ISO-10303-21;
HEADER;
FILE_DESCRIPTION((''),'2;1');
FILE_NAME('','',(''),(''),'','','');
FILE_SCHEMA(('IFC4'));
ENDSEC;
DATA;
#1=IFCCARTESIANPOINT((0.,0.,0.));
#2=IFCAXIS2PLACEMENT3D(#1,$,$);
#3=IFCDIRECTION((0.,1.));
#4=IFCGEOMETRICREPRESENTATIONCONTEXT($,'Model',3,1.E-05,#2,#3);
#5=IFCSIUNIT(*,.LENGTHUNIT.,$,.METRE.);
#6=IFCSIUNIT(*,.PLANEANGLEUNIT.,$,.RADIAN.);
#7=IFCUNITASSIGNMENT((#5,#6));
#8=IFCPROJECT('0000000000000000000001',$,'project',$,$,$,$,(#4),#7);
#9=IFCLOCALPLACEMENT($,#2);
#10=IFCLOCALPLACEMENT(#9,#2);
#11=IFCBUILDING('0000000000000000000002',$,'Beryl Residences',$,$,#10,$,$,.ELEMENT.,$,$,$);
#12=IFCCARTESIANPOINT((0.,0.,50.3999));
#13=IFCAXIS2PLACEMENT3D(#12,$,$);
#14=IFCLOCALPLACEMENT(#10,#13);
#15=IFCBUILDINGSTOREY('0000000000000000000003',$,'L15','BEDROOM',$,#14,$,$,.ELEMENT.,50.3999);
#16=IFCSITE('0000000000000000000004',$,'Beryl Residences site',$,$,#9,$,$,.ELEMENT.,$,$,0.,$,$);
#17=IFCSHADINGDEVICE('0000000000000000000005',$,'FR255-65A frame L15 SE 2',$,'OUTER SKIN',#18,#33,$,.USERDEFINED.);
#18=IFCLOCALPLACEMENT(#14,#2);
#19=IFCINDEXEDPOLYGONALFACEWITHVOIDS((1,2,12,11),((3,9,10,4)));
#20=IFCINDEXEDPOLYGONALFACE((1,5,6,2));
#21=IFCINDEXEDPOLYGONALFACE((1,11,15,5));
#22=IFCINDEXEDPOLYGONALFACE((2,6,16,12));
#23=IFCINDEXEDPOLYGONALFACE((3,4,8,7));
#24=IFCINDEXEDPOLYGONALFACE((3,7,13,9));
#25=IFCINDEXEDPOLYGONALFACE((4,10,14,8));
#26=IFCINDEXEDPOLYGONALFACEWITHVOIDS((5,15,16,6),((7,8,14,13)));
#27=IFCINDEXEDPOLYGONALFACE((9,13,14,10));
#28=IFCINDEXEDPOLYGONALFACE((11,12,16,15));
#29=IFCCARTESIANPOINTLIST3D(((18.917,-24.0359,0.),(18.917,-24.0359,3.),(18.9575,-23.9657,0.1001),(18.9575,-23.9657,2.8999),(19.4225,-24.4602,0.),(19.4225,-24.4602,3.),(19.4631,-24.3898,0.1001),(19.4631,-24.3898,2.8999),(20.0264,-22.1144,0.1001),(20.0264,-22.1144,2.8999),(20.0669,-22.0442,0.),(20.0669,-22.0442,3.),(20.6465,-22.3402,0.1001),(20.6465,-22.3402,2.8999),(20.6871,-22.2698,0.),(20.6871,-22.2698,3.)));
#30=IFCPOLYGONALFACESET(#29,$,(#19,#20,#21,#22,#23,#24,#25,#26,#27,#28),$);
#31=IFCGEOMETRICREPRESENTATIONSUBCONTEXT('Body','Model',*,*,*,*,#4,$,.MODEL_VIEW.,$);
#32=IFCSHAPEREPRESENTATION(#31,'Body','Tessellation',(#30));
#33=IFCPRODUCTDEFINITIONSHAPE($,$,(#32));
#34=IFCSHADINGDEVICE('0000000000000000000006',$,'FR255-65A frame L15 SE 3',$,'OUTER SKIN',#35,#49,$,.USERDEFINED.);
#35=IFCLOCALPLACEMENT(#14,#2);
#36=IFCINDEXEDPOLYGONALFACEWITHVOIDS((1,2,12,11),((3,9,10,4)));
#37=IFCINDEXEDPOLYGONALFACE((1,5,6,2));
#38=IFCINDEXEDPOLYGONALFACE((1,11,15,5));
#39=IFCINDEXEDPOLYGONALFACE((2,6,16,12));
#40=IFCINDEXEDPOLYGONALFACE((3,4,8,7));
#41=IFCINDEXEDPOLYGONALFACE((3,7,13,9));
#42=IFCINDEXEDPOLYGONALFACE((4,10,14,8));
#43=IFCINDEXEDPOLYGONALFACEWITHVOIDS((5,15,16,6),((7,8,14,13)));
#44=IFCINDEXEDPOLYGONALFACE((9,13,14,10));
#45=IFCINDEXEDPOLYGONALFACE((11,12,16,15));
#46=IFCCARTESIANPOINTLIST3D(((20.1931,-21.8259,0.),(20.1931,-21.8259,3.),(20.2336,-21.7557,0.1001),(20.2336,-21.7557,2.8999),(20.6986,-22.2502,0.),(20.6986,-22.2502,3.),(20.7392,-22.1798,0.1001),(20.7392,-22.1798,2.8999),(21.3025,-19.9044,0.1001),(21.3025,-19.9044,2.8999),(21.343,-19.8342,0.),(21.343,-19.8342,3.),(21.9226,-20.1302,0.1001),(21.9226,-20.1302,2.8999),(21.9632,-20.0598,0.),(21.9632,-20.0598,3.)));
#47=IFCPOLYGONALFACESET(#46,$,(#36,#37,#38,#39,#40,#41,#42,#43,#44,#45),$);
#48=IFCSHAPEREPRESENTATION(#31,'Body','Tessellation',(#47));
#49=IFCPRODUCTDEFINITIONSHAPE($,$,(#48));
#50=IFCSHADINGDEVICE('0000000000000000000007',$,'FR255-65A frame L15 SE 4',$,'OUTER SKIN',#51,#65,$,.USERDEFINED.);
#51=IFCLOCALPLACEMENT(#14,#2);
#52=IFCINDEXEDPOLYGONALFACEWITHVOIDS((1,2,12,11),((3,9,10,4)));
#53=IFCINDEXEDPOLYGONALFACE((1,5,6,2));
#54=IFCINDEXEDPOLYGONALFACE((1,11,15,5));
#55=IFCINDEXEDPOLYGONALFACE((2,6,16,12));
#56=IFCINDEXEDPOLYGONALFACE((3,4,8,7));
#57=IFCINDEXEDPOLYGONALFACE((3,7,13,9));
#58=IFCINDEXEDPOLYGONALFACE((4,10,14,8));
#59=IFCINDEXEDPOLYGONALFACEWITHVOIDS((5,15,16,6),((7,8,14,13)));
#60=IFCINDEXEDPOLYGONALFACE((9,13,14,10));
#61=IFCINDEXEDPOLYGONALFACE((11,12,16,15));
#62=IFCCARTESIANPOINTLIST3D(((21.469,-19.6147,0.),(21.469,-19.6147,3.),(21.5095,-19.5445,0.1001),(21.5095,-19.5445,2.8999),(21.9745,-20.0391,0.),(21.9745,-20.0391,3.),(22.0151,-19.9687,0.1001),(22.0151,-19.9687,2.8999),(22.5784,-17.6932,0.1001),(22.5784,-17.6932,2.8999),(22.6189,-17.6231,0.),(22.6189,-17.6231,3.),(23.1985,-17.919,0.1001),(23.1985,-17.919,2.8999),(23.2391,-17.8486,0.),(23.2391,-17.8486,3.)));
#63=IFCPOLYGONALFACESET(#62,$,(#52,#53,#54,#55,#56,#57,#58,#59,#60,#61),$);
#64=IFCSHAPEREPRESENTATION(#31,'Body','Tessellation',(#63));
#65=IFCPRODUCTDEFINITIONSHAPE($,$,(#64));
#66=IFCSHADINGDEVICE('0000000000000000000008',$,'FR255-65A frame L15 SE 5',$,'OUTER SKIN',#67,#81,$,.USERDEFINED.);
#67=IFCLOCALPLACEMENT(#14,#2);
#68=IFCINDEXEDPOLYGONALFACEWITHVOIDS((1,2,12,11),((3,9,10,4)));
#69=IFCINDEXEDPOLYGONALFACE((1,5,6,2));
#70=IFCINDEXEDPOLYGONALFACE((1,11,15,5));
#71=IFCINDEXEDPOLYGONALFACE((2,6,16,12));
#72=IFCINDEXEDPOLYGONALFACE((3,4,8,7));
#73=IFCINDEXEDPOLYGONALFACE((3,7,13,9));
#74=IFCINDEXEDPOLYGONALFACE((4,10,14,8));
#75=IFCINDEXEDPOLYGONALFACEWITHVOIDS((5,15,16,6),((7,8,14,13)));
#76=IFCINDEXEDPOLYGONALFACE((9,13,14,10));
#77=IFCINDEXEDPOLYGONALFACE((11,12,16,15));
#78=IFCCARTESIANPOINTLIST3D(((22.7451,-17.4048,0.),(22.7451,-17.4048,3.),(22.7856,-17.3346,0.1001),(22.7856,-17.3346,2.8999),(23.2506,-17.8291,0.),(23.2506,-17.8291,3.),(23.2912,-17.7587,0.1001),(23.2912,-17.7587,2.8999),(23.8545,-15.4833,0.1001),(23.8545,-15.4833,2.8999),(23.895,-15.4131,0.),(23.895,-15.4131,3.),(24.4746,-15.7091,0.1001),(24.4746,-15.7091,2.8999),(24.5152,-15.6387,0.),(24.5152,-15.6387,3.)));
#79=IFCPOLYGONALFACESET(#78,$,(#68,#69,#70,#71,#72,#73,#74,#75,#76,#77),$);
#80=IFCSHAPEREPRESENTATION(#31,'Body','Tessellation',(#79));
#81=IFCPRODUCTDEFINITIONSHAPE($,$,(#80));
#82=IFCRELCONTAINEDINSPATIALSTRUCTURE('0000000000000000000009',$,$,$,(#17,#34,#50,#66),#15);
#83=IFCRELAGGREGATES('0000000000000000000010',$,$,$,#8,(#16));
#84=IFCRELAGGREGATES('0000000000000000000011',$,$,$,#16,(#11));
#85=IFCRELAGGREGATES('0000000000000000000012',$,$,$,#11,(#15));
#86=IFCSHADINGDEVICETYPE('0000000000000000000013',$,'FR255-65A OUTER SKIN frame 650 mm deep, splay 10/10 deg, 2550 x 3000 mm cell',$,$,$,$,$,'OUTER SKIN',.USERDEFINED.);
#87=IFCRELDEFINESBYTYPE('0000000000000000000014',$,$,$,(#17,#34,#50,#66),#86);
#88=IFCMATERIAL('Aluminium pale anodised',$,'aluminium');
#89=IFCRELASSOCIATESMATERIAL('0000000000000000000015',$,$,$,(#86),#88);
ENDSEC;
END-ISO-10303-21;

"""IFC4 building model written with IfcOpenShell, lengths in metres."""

from ifc_helpers import new_model, entity, si_unit, direction, frame, origin, place, context, subcontext, project, spatial, source, transform, mapped, material, type_object, type_shapes, element, save


model = new_model("IFC4")

# Units and contexts
model_context = context("Model", 3, precision=1e-05, world=origin(), true_north=direction((0.0, 1.0)))
body_context = subcontext(model_context, "Body", "Model", "MODEL_VIEW")
ifc_project = project(units=[si_unit("LENGTHUNIT", "METRE"), si_unit("PLANEANGLEUNIT", "RADIAN")], contexts=[model_context])

# Site, building, storey
site_placement = place(None, origin())
site = spatial("IfcSite", under=ifc_project, at=site_placement, Name="Beryl Residences site", CompositionType="ELEMENT", RefElevation=0.0)
building_placement = place(site_placement, origin())
building = spatial("IfcBuilding", under=site, at=building_placement, Name="Beryl Residences", CompositionType="ELEMENT")
storey_placement = place(building_placement, frame((0.0, 0.0, 50.3999)))
storey = spatial("IfcBuildingStorey", under=building, at=storey_placement, Name="L15", Description="BEDROOM", CompositionType="ELEMENT", Elevation=50.3999)

# Shading devices
ifc_material_1 = material(Name="Aluminium pale anodised", Category="aluminium")
shading_device_type_1 = type_object("IfcShadingDeviceType", Name="FR255-65A OUTER SKIN frame 650 mm deep, splay 10/10 deg, 2550 x 3000 mm cell", ElementType="OUTER SKIN", PredefinedType="USERDEFINED", material=ifc_material_1)
cartesian_point_1 = entity("IfcCartesianPoint", [-1.1499, 0.0])
cartesian_point_2 = entity("IfcCartesianPoint", [-1.0688, 0.1001])
cartesian_point_3 = entity("IfcCartesianPoint", [-1.2646, 0.0])
cartesian_point_4 = entity("IfcCartesianPoint", [-1.1833, 0.1001])
shared_shape_1 = source(origin(), body_context, "Body", "SweptSolid", [
    entity("IfcExtrudedAreaSolidTapered", entity("IfcArbitraryProfileDefWithVoids", "AREA", None, entity("IfcPolyline", [cartesian_point_1, entity("IfcCartesianPoint", [1.1499, 0.0]), entity("IfcCartesianPoint", [1.1499, 3.0]), entity("IfcCartesianPoint", [-1.1499, 3.0]), cartesian_point_1]), [entity("IfcPolyline", [cartesian_point_2, entity("IfcCartesianPoint", [1.0688, 0.1001]), entity("IfcCartesianPoint", [1.0688, 2.8999]), entity("IfcCartesianPoint", [-1.0688, 2.8999]), cartesian_point_2])]), entity("IfcAxis2Placement3D", entity("IfcCartesianPoint", [0.0, 0.0, 0.0]), entity("IfcDirection", [0.0, 1.0, 0.0]), entity("IfcDirection", [-1.0, 0.0, 0.0])), entity("IfcDirection", [0.0, 0.0, 1.0]), 0.6499, entity("IfcArbitraryProfileDefWithVoids", "AREA", None, entity("IfcPolyline", [cartesian_point_3, entity("IfcCartesianPoint", [1.2646, 0.0]), entity("IfcCartesianPoint", [1.2646, 3.0]), entity("IfcCartesianPoint", [-1.2646, 3.0]), cartesian_point_3]), [entity("IfcPolyline", [cartesian_point_4, entity("IfcCartesianPoint", [1.1833, 0.1001]), entity("IfcCartesianPoint", [1.1833, 2.8999]), entity("IfcCartesianPoint", [-1.1833, 2.8999]), cartesian_point_4])])),
])
type_shapes(shading_device_type_1, [shared_shape_1])
for number, where, z_axis, x_axis, name in (
    (1, (19.4919, -23.04, 0.0), (0.0, 0.0, 1.0), (-0.5, -0.866025, 0.0), "FR255-65A frame L15 SE 2"),
    (2, (20.7681, -20.8301, 0.0), (0.0, 0.0, 1.0), (-0.5, -0.866025, 0.0), "FR255-65A frame L15 SE 3"),
    (3, (22.0439, -18.6189, 0.0), (0.0, 0.0, 1.0), (-0.5, -0.866025, 0.0), "FR255-65A frame L15 SE 4"),
    (4, (23.3201, -16.4089, 0.0), (0.0, 0.0, 1.0), (-0.5, -0.866025, 0.0), "FR255-65A frame L15 SE 5"),
):
    element("IfcShadingDevice", number, at=place(storey_placement, frame(where, z_axis=z_axis, x_axis=x_axis)), inside=storey, type_object=shading_device_type_1, Name=name, ObjectType="OUTER SKIN", PredefinedType="USERDEFINED", context=body_context, shape_type="MappedRepresentation", body=[
        mapped(shared_shape_1, transform((0.0, 0.0, 0.0))),
    ])

save(model, "model.ifc")
